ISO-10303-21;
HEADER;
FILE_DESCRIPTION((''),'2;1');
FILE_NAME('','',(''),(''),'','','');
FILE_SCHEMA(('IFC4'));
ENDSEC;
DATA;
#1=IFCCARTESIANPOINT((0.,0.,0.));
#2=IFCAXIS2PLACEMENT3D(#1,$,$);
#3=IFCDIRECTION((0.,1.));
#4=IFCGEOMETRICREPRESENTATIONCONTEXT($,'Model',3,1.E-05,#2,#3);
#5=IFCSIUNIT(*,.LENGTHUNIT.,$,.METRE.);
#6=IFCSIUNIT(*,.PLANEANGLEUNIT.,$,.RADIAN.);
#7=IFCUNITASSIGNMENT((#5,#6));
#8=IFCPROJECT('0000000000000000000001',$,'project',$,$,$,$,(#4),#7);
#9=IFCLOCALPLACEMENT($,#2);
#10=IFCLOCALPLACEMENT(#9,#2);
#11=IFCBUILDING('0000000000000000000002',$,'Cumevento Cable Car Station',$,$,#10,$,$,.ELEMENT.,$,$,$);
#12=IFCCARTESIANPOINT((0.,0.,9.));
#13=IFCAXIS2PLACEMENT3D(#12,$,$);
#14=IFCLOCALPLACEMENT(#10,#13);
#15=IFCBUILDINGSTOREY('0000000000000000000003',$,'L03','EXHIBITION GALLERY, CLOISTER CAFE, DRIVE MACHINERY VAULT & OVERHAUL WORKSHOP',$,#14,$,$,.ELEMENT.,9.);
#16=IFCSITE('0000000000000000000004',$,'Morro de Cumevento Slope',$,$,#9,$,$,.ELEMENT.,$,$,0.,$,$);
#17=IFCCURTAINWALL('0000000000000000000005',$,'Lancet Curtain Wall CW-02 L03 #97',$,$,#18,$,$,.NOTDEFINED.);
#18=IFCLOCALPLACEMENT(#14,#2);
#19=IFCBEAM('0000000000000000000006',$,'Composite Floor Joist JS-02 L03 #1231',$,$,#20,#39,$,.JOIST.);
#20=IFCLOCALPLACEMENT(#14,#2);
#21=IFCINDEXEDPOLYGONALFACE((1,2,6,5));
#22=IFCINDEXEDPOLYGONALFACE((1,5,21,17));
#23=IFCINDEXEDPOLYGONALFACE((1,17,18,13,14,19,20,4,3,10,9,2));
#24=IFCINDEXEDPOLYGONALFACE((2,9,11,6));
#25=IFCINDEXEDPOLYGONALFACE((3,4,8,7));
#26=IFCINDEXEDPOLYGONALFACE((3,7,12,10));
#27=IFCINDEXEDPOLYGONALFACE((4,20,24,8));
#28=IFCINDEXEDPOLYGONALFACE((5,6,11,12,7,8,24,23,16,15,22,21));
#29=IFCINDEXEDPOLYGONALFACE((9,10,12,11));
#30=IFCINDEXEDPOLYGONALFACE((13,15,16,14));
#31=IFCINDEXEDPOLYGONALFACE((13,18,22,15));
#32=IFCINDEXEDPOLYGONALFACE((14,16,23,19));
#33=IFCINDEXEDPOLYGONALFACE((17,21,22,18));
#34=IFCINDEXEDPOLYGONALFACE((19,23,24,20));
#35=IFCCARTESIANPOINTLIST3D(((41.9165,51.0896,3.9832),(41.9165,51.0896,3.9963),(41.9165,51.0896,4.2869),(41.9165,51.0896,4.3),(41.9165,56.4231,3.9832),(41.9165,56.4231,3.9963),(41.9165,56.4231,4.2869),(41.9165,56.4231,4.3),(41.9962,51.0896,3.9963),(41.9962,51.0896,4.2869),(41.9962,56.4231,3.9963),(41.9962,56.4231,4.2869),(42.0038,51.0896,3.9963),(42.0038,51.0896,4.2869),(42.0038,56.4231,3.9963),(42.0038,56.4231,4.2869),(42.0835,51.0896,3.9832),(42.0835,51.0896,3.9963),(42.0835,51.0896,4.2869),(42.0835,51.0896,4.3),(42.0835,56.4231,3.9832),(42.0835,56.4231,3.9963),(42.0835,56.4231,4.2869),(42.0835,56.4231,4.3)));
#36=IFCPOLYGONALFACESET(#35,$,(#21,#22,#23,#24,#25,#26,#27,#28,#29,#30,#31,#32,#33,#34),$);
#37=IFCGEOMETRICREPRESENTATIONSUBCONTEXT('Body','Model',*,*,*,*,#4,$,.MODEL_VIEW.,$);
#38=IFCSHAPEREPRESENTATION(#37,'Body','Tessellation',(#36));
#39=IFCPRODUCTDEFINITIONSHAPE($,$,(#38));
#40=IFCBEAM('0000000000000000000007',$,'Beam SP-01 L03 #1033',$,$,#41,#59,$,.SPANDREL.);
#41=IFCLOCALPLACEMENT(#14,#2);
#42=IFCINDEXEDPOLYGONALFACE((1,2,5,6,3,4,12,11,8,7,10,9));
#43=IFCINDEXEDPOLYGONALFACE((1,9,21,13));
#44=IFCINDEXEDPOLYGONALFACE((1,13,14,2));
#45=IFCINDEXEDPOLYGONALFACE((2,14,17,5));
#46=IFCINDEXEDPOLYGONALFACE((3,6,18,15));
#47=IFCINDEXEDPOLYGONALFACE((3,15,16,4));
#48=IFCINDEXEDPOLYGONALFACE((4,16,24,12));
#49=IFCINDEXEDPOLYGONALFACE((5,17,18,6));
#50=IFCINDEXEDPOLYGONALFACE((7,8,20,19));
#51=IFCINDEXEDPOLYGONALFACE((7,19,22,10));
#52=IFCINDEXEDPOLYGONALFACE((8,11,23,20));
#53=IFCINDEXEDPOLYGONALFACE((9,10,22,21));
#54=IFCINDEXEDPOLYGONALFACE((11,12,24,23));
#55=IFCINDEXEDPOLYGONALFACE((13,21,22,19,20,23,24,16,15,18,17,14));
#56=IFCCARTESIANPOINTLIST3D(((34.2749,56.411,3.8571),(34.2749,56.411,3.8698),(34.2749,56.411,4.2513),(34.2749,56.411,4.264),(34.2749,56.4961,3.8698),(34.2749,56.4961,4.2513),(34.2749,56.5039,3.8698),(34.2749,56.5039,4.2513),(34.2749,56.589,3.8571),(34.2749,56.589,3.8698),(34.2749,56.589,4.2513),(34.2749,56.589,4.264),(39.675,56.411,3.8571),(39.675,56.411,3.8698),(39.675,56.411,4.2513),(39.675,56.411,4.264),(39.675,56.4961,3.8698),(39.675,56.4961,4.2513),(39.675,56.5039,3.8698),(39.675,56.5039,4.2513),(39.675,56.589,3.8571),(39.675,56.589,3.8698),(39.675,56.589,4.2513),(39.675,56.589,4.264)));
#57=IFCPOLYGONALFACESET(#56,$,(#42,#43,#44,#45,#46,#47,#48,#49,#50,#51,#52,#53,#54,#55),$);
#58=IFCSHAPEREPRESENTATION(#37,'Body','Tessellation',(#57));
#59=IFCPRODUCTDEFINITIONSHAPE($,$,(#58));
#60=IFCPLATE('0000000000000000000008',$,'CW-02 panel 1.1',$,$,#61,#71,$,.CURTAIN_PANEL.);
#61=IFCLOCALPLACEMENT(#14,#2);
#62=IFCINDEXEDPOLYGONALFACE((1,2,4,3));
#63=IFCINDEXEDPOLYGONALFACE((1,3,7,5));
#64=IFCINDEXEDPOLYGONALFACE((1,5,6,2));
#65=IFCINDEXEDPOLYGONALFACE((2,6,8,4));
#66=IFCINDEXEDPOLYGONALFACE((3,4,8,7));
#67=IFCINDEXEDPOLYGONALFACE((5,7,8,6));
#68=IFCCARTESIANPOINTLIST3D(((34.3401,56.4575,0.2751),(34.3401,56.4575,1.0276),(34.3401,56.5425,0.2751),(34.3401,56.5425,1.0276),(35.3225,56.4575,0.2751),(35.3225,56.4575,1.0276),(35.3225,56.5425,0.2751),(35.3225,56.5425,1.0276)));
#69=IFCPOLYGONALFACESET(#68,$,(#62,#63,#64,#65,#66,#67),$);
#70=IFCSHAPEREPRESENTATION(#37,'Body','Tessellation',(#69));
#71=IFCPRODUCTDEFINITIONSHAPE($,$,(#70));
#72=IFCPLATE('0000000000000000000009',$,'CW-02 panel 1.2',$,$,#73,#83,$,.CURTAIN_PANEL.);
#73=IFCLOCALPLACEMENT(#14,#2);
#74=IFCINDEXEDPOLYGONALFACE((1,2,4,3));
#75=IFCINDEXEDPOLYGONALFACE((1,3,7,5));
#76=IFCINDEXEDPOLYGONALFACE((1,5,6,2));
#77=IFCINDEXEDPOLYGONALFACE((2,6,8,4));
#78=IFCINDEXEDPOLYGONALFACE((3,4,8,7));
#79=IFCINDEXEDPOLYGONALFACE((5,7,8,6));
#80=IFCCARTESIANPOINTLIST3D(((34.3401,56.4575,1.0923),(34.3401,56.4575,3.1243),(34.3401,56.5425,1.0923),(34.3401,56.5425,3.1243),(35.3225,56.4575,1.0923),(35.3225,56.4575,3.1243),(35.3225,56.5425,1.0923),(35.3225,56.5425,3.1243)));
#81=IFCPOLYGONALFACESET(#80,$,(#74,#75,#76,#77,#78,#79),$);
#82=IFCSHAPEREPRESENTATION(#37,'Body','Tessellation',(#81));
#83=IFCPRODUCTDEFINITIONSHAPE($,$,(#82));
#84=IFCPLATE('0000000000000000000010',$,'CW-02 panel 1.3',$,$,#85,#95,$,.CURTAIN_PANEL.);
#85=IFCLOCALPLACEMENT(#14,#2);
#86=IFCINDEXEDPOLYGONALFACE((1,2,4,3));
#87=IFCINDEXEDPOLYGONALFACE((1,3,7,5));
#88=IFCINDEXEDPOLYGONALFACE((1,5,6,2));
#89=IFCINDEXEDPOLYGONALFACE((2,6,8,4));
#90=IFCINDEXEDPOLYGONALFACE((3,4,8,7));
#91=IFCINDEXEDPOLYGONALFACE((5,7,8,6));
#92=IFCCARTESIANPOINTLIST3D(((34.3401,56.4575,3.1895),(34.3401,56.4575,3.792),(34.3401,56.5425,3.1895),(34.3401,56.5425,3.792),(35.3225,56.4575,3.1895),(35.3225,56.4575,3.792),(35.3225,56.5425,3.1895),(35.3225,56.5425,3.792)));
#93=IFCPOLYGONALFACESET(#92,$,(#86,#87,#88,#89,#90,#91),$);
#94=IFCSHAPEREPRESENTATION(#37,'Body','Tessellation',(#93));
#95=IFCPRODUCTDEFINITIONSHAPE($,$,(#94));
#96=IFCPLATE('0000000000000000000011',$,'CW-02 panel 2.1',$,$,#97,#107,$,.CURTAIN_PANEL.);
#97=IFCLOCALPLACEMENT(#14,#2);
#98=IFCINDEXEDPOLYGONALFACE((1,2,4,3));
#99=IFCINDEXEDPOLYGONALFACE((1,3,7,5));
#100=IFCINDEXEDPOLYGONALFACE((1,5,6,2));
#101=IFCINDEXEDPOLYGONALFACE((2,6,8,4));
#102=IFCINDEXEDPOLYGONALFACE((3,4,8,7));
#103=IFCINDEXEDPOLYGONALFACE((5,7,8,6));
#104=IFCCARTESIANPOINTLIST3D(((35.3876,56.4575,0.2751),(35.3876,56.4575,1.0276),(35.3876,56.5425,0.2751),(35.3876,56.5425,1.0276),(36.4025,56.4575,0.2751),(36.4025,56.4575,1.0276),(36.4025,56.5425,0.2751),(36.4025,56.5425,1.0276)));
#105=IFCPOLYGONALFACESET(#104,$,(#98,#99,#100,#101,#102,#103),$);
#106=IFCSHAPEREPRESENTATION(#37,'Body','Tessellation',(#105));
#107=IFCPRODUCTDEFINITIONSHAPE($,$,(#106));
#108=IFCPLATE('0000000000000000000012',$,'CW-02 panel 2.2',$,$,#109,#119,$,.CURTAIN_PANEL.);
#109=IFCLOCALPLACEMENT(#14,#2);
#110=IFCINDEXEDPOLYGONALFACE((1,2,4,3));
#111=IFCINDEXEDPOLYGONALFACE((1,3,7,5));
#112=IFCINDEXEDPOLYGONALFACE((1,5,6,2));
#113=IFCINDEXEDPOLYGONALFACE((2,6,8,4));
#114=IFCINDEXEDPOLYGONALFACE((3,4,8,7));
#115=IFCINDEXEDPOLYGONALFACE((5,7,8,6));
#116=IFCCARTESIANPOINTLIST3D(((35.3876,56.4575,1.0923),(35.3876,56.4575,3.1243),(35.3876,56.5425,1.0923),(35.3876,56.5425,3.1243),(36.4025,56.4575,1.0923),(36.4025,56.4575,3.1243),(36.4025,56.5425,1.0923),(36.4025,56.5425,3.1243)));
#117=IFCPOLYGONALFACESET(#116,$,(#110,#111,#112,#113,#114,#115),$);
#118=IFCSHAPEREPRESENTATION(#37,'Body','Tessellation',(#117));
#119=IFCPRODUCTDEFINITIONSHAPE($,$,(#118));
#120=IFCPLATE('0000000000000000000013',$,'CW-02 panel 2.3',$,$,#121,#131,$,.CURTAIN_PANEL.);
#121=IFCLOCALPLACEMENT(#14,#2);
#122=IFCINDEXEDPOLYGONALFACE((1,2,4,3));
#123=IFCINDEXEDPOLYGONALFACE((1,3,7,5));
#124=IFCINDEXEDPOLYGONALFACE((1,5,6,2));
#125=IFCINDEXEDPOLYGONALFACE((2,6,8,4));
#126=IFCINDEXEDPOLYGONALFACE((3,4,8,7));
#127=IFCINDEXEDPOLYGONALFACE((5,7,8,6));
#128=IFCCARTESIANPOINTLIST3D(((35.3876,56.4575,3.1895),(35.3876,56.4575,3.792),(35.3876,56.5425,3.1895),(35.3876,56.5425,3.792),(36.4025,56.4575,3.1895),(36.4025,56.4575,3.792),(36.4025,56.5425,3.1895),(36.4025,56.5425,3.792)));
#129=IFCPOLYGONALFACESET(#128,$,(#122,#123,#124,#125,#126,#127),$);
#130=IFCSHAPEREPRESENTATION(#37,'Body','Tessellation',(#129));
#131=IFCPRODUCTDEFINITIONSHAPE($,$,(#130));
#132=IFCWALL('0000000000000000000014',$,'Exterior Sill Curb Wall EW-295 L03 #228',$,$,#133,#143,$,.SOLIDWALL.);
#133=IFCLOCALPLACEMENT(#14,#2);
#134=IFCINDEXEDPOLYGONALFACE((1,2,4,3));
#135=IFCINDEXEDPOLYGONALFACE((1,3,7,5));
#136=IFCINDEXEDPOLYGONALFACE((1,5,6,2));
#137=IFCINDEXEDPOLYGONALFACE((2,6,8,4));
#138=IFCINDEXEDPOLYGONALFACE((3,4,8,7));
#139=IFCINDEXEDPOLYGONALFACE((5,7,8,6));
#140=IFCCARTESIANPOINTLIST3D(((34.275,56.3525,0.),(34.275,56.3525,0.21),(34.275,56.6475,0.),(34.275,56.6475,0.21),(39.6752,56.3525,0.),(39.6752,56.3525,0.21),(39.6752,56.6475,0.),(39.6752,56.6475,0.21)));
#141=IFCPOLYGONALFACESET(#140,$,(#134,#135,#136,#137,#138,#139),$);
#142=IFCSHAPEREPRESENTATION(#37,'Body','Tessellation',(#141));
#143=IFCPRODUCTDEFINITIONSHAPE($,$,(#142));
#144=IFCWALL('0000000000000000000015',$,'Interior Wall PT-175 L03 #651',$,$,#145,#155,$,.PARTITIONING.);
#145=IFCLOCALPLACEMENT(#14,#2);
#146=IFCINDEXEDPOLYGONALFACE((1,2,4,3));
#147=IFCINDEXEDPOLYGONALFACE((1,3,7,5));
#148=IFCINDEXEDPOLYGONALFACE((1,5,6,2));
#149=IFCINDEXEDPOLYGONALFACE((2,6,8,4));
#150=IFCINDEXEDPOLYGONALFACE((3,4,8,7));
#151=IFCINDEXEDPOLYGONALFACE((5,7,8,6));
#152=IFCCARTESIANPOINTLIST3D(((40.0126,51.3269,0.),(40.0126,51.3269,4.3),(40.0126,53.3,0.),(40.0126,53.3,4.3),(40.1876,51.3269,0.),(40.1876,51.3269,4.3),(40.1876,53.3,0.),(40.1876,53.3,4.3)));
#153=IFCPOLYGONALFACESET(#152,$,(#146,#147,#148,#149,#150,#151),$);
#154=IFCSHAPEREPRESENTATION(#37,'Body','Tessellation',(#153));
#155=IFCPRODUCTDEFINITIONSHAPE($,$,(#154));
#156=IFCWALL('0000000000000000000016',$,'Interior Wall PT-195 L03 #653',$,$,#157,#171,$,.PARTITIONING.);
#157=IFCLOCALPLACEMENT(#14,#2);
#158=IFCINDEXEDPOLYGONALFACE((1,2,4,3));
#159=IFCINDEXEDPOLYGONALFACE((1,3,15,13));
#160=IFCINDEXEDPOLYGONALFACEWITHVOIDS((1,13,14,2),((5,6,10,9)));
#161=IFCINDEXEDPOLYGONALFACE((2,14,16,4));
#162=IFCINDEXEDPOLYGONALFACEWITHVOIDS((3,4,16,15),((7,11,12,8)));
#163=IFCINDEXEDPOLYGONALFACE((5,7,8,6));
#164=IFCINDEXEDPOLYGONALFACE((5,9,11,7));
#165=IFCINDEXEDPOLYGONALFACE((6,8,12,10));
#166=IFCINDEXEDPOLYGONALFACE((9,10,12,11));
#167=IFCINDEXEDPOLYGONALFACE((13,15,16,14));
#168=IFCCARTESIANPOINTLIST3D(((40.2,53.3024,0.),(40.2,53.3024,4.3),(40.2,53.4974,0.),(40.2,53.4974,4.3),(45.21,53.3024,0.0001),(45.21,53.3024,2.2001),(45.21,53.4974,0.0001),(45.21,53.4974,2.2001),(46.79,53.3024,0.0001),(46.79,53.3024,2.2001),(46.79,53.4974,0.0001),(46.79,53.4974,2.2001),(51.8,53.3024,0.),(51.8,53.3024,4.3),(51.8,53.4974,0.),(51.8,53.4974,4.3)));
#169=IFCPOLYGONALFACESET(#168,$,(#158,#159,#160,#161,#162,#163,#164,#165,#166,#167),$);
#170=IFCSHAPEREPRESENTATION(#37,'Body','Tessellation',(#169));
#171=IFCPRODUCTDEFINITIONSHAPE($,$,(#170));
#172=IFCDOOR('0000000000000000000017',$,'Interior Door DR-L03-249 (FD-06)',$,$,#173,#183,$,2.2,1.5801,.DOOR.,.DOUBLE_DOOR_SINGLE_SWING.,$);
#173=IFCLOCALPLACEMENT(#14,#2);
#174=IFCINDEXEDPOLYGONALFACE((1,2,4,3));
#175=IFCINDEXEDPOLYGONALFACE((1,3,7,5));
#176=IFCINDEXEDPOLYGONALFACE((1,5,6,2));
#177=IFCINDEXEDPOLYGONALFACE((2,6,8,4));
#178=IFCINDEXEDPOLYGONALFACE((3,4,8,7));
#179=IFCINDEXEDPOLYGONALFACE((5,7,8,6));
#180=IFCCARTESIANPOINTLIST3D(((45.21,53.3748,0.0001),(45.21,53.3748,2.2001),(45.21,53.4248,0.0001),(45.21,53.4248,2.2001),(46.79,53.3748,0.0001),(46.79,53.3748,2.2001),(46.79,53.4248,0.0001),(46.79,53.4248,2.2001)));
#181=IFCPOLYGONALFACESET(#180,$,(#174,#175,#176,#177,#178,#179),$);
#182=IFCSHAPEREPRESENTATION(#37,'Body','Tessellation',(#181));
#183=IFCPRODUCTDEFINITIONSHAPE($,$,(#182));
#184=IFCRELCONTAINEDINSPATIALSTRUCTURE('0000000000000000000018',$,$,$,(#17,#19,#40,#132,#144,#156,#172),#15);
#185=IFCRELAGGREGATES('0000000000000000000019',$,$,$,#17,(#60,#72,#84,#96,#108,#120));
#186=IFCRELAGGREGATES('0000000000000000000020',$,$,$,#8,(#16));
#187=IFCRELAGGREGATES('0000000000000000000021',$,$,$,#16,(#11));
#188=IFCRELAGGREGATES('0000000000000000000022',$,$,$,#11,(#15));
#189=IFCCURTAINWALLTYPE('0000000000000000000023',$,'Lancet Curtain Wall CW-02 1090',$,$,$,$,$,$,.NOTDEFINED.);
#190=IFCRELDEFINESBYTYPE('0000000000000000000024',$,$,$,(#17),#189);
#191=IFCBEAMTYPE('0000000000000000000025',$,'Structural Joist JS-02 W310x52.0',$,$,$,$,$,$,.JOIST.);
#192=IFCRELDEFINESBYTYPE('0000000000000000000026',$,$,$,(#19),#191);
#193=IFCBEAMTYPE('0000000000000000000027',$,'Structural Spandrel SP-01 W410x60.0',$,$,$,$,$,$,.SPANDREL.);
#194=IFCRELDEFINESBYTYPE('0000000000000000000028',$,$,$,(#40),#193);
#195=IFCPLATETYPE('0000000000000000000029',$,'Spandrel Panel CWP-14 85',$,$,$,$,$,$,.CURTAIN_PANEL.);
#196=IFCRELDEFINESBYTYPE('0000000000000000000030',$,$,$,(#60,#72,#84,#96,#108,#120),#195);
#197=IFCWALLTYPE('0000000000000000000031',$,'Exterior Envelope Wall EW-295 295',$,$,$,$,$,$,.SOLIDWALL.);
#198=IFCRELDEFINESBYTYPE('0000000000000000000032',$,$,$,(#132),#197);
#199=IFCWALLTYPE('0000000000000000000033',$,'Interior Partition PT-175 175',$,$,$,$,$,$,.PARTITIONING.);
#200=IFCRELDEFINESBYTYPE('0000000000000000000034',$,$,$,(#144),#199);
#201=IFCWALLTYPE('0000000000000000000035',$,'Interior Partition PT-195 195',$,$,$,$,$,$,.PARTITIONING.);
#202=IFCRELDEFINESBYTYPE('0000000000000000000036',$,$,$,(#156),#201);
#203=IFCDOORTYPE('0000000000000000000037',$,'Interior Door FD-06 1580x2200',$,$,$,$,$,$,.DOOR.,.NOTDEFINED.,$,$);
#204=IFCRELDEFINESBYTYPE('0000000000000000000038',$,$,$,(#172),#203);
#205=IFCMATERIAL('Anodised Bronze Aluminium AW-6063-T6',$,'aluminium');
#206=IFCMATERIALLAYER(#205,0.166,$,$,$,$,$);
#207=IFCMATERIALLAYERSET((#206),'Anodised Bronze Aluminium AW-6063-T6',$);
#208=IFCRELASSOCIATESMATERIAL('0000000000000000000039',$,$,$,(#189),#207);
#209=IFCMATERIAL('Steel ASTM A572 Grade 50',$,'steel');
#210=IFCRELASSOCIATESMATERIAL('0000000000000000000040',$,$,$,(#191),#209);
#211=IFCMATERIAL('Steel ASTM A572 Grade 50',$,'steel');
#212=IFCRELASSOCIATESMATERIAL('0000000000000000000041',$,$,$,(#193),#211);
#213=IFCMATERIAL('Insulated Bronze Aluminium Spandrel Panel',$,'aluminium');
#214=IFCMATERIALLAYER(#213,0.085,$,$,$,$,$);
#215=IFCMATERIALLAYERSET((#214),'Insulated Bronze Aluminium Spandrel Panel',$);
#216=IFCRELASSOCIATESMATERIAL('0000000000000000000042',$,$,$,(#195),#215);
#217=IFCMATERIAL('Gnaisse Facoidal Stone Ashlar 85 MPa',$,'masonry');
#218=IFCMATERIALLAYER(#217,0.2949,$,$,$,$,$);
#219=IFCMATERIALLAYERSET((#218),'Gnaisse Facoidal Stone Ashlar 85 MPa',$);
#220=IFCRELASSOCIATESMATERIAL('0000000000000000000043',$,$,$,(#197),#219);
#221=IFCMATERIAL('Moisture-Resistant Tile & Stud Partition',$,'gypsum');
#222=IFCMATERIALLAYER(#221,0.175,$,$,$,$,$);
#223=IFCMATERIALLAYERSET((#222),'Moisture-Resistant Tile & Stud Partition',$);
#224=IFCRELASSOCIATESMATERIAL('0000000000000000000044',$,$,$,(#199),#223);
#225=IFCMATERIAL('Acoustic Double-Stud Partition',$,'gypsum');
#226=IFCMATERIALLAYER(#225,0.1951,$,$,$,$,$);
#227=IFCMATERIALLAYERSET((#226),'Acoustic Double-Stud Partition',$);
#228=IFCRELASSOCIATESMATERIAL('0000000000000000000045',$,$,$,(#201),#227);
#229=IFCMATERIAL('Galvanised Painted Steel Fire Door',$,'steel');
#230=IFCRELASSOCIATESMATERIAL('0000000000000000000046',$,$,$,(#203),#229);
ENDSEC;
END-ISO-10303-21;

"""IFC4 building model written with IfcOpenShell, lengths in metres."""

from ifc_helpers import new_model, si_unit, direction, frame, frame_2d, origin, origin_2d, place, context, subcontext, project, spatial, rectangle, i_section, extrude, material, layer, layer_set, material_profile, profile_set, type_object, element, fill, aggregate, save


model = new_model("IFC4")

# Units and contexts
model_context = context("Model", 3, precision=1e-05, world=origin(), true_north=direction((0.0, 1.0)))
body_context = subcontext(model_context, "Body", "Model", "MODEL_VIEW")
ifc_project = project(units=[si_unit("LENGTHUNIT", "METRE"), si_unit("PLANEANGLEUNIT", "RADIAN")], contexts=[model_context])

# Site, building, storey
site_placement = place(None, origin())
site = spatial("IfcSite", under=ifc_project, at=site_placement, Name="Morro de Cumevento Slope", CompositionType="ELEMENT", RefElevation=0.0)
building_placement = place(site_placement, origin())
building = spatial("IfcBuilding", under=site, at=building_placement, Name="Cumevento Cable Car Station", CompositionType="ELEMENT")
storey_placement = place(building_placement, frame((0.0, 0.0, 9.0)))
storey = spatial("IfcBuildingStorey", under=building, at=storey_placement, Name="L03", Description="EXHIBITION GALLERY, CLOISTER CAFE, DRIVE MACHINERY VAULT & OVERHAUL WORKSHOP", CompositionType="ELEMENT", Elevation=9.0)

# Curtain wall
ifc_material_1 = material(Name="Anodised Bronze Aluminium AW-6063-T6", Category="aluminium")
ifc_layer_1 = layer(ifc_material_1, 0.166)
ifc_layer_set_1 = layer_set([ifc_layer_1], Name="Anodised Bronze Aluminium AW-6063-T6")
curtain_wall_type = type_object("IfcCurtainWallType", Name="Lancet Curtain Wall CW-02 1090", PredefinedType="NOTDEFINED", material=ifc_layer_set_1)
curtain_wall_placement = place(storey_placement, origin())
curtain_wall = element("IfcCurtainWall", 1, at=curtain_wall_placement, inside=storey, type_object=curtain_wall_type, Name="Lancet Curtain Wall CW-02 L03 #97", PredefinedType="NOTDEFINED")

# Beams
ifc_material_2 = material(Name="Steel ASTM A572 Grade 50", Category="steel")
ifc_material_profile_1 = material_profile(ifc_material_2, i_section(OverallWidth=0.167, OverallDepth=0.3169, WebThickness=0.0076, FlangeThickness=0.0132, at=origin_2d()), Name="W310x52.0")
ifc_profile_set_1 = profile_set([ifc_material_profile_1], Name="Steel ASTM A572 Grade 50")
beam_type_1 = type_object("IfcBeamType", Name="Structural Joist JS-02 W310x52.0", PredefinedType="JOIST", material=ifc_profile_set_1)
beam_1_placement = place(storey_placement, frame((42.0, 51.0896, 4.1416), z_axis=(0.0, 1.0, 0.0), x_axis=(-1.0, 0.0, 0.0)))
element("IfcBeam", 2, at=beam_1_placement, inside=storey, type_object=beam_type_1, Name="Composite Floor Joist JS-02 L03 #1231", PredefinedType="JOIST", context=body_context, shape_type="SweptSolid", body=[
    extrude(i_section(OverallWidth=0.167, OverallDepth=0.3169, WebThickness=0.0076, FlangeThickness=0.0132, at=origin_2d()), origin(), (0.0, 0.0, 1.0), 5.3335),
])
ifc_material_3 = material(Name="Steel ASTM A572 Grade 50", Category="steel")
ifc_material_profile_2 = material_profile(ifc_material_3, i_section(OverallWidth=0.178, OverallDepth=0.407, WebThickness=0.0078, FlangeThickness=0.0127, at=origin_2d()), Name="W410x60.0")
ifc_profile_set_2 = profile_set([ifc_material_profile_2], Name="Steel ASTM A572 Grade 50")
beam_type_2 = type_object("IfcBeamType", Name="Structural Spandrel SP-01 W410x60.0", PredefinedType="SPANDREL", material=ifc_profile_set_2)
beam_2_placement = place(storey_placement, frame((34.2749, 56.5, 4.0605), z_axis=(1.0, 0.0, 0.0), x_axis=(0.0, 1.0, 0.0)))
element("IfcBeam", 3, at=beam_2_placement, inside=storey, type_object=beam_type_2, Name="Beam SP-01 L03 #1033", PredefinedType="SPANDREL", context=body_context, shape_type="SweptSolid", body=[
    extrude(i_section(OverallWidth=0.178, OverallDepth=0.407, WebThickness=0.0078, FlangeThickness=0.0127, at=origin_2d()), origin(), (0.0, 0.0, 1.0), 5.4001),
])

# Plates
ifc_material_4 = material(Name="Insulated Bronze Aluminium Spandrel Panel", Category="aluminium")
ifc_layer_2 = layer(ifc_material_4, 0.085)
ifc_layer_set_2 = layer_set([ifc_layer_2], Name="Insulated Bronze Aluminium Spandrel Panel")
plate_type = type_object("IfcPlateType", Name="Spandrel Panel CWP-14 85", PredefinedType="CURTAIN_PANEL", material=ifc_layer_set_2)
plate_1_placement = place(storey_placement, frame((34.8313, 56.5, 0.2751), z_axis=(0.0, 0.0, 1.0), x_axis=(1.0, 0.0, 0.0)))
plate_1 = element("IfcPlate", 4, at=plate_1_placement, type_object=plate_type, Name="CW-02 panel 1.1", PredefinedType="CURTAIN_PANEL", context=body_context, shape_type="SweptSolid", body=[
    extrude(rectangle(XDim=0.9824, YDim=0.085, at=origin_2d()), origin(), (0.0, 0.0, 1.0), 0.7524),
])
plate_2_placement = place(storey_placement, frame((34.8313, 56.5, 1.0923), z_axis=(0.0, 0.0, 1.0), x_axis=(1.0, 0.0, 0.0)))
plate_2 = element("IfcPlate", 5, at=plate_2_placement, type_object=plate_type, Name="CW-02 panel 1.2", PredefinedType="CURTAIN_PANEL", context=body_context, shape_type="SweptSolid", body=[
    extrude(rectangle(XDim=0.9824, YDim=0.085, at=origin_2d()), origin(), (0.0, 0.0, 1.0), 2.032),
])
plate_3_placement = place(storey_placement, frame((34.8313, 56.5, 3.1895), z_axis=(0.0, 0.0, 1.0), x_axis=(1.0, 0.0, 0.0)))
plate_3 = element("IfcPlate", 6, at=plate_3_placement, type_object=plate_type, Name="CW-02 panel 1.3", PredefinedType="CURTAIN_PANEL", context=body_context, shape_type="SweptSolid", body=[
    extrude(rectangle(XDim=0.9824, YDim=0.085, at=origin_2d()), origin(), (0.0, 0.0, 1.0), 0.6025),
])
plate_4_placement = place(storey_placement, frame((35.895, 56.5, 0.2751), z_axis=(0.0, 0.0, 1.0), x_axis=(1.0, 0.0, 0.0)))
plate_4 = element("IfcPlate", 7, at=plate_4_placement, type_object=plate_type, Name="CW-02 panel 2.1", PredefinedType="CURTAIN_PANEL", context=body_context, shape_type="SweptSolid", body=[
    extrude(rectangle(XDim=1.0149, YDim=0.085, at=origin_2d()), origin(), (0.0, 0.0, 1.0), 0.7524),
])
plate_5_placement = place(storey_placement, frame((35.895, 56.5, 1.0923), z_axis=(0.0, 0.0, 1.0), x_axis=(1.0, 0.0, 0.0)))
plate_5 = element("IfcPlate", 8, at=plate_5_placement, type_object=plate_type, Name="CW-02 panel 2.2", PredefinedType="CURTAIN_PANEL", context=body_context, shape_type="SweptSolid", body=[
    extrude(rectangle(XDim=1.0149, YDim=0.085, at=origin_2d()), origin(), (0.0, 0.0, 1.0), 2.032),
])
plate_6_placement = place(storey_placement, frame((35.895, 56.5, 3.1895), z_axis=(0.0, 0.0, 1.0), x_axis=(1.0, 0.0, 0.0)))
plate_6 = element("IfcPlate", 9, at=plate_6_placement, type_object=plate_type, Name="CW-02 panel 2.3", PredefinedType="CURTAIN_PANEL", context=body_context, shape_type="SweptSolid", body=[
    extrude(rectangle(XDim=1.0149, YDim=0.085, at=origin_2d()), origin(), (0.0, 0.0, 1.0), 0.6025),
])
aggregate(curtain_wall, [plate_1, plate_2, plate_3, plate_4, plate_5, plate_6])

# Walls
ifc_material_5 = material(Name="Gnaisse Facoidal Stone Ashlar 85 MPa", Category="masonry")
ifc_layer_3 = layer(ifc_material_5, 0.2949)
ifc_layer_set_3 = layer_set([ifc_layer_3], Name="Gnaisse Facoidal Stone Ashlar 85 MPa")
wall_type_1 = type_object("IfcWallType", Name="Exterior Envelope Wall EW-295 295", PredefinedType="SOLIDWALL", material=ifc_layer_set_3)
wall_1_placement = place(storey_placement, frame((34.2749, 56.5, 0.0), z_axis=(0.0, 0.0, 1.0), x_axis=(1.0, 0.0, 0.0)))
element("IfcWall", 10, at=wall_1_placement, inside=storey, type_object=wall_type_1, Name="Exterior Sill Curb Wall EW-295 L03 #228", PredefinedType="SOLIDWALL", context=body_context, shape_type="SweptSolid", body=[
    extrude(rectangle(XDim=5.4001, YDim=0.2949, at=frame_2d((2.7002, 0.0))), origin(), (0.0, 0.0, 1.0), 0.21),
])
ifc_material_6 = material(Name="Moisture-Resistant Tile & Stud Partition", Category="gypsum")
ifc_layer_4 = layer(ifc_material_6, 0.175)
ifc_layer_set_4 = layer_set([ifc_layer_4], Name="Moisture-Resistant Tile & Stud Partition")
wall_type_2 = type_object("IfcWallType", Name="Interior Partition PT-175 175", PredefinedType="PARTITIONING", material=ifc_layer_set_4)
wall_2_placement = place(storey_placement, frame((40.1001, 51.3269, 0.0), z_axis=(0.0, 0.0, 1.0), x_axis=(0.0, 1.0, 0.0)))
element("IfcWall", 11, at=wall_2_placement, inside=storey, type_object=wall_type_2, Name="Interior Wall PT-175 L03 #651", PredefinedType="PARTITIONING", context=body_context, shape_type="SweptSolid", body=[
    extrude(rectangle(XDim=1.9731, YDim=0.175, at=frame_2d((0.9866, 0.0))), origin(), (0.0, 0.0, 1.0), 4.3),
])

# Wall, opening, door
ifc_material_7 = material(Name="Acoustic Double-Stud Partition", Category="gypsum")
ifc_layer_5 = layer(ifc_material_7, 0.1951)
ifc_layer_set_5 = layer_set([ifc_layer_5], Name="Acoustic Double-Stud Partition")
wall_type_3 = type_object("IfcWallType", Name="Interior Partition PT-195 195", PredefinedType="PARTITIONING", material=ifc_layer_set_5)
wall_3_placement = place(storey_placement, frame((40.2, 53.3999, 0.0), z_axis=(0.0, 0.0, 1.0), x_axis=(1.0, 0.0, 0.0)))
wall_3 = element("IfcWall", 12, at=wall_3_placement, inside=storey, type_object=wall_type_3, Name="Interior Wall PT-195 L03 #653", PredefinedType="PARTITIONING", context=body_context, shape_type="SweptSolid", body=[
    extrude(rectangle(XDim=11.6001, YDim=0.1951, at=frame_2d((5.8, 0.0))), origin(), (0.0, 0.0, 1.0), 4.3),
])
opening_placement = place(wall_3_placement, frame((5.01, 0.0, 0.0)))
opening = element("IfcOpeningElement", 13, at=opening_placement, cuts=wall_3, PredefinedType="OPENING", context=body_context, shape_type="SweptSolid", body=[
    extrude(rectangle(XDim=1.5801, YDim=2.2, at=frame_2d((0.79, 1.1001))), frame((0.0, 0.1077, 0.0), z_axis=(0.0, -1.0, 0.0), x_axis=(1.0, 0.0, 0.0)), (0.0, 0.0, 1.0), 0.2151),
])
ifc_material_8 = material(Name="Galvanised Painted Steel Fire Door", Category="steel")
door_type = type_object("IfcDoorType", Name="Interior Door FD-06 1580x2200", OperationType="NOTDEFINED", PredefinedType="DOOR", material=ifc_material_8)
door_placement = place(opening_placement, origin())
door = element("IfcDoor", 14, at=door_placement, inside=storey, type_object=door_type, Name="Interior Door DR-L03-249 (FD-06)", OperationType="DOUBLE_DOOR_SINGLE_SWING", OverallHeight=2.2, OverallWidth=1.5801, PredefinedType="DOOR", context=body_context, shape_type="SweptSolid", body=[
    extrude(rectangle(XDim=1.5801, YDim=2.2, at=frame_2d((0.79, 1.1001))), frame((0.0, 0.0249, 0.0), z_axis=(0.0, -1.0, 0.0), x_axis=(1.0, 0.0, 0.0)), (0.0, 0.0, 1.0), 0.05),
])
fill(opening, door)

save(model, "model.ifc")
